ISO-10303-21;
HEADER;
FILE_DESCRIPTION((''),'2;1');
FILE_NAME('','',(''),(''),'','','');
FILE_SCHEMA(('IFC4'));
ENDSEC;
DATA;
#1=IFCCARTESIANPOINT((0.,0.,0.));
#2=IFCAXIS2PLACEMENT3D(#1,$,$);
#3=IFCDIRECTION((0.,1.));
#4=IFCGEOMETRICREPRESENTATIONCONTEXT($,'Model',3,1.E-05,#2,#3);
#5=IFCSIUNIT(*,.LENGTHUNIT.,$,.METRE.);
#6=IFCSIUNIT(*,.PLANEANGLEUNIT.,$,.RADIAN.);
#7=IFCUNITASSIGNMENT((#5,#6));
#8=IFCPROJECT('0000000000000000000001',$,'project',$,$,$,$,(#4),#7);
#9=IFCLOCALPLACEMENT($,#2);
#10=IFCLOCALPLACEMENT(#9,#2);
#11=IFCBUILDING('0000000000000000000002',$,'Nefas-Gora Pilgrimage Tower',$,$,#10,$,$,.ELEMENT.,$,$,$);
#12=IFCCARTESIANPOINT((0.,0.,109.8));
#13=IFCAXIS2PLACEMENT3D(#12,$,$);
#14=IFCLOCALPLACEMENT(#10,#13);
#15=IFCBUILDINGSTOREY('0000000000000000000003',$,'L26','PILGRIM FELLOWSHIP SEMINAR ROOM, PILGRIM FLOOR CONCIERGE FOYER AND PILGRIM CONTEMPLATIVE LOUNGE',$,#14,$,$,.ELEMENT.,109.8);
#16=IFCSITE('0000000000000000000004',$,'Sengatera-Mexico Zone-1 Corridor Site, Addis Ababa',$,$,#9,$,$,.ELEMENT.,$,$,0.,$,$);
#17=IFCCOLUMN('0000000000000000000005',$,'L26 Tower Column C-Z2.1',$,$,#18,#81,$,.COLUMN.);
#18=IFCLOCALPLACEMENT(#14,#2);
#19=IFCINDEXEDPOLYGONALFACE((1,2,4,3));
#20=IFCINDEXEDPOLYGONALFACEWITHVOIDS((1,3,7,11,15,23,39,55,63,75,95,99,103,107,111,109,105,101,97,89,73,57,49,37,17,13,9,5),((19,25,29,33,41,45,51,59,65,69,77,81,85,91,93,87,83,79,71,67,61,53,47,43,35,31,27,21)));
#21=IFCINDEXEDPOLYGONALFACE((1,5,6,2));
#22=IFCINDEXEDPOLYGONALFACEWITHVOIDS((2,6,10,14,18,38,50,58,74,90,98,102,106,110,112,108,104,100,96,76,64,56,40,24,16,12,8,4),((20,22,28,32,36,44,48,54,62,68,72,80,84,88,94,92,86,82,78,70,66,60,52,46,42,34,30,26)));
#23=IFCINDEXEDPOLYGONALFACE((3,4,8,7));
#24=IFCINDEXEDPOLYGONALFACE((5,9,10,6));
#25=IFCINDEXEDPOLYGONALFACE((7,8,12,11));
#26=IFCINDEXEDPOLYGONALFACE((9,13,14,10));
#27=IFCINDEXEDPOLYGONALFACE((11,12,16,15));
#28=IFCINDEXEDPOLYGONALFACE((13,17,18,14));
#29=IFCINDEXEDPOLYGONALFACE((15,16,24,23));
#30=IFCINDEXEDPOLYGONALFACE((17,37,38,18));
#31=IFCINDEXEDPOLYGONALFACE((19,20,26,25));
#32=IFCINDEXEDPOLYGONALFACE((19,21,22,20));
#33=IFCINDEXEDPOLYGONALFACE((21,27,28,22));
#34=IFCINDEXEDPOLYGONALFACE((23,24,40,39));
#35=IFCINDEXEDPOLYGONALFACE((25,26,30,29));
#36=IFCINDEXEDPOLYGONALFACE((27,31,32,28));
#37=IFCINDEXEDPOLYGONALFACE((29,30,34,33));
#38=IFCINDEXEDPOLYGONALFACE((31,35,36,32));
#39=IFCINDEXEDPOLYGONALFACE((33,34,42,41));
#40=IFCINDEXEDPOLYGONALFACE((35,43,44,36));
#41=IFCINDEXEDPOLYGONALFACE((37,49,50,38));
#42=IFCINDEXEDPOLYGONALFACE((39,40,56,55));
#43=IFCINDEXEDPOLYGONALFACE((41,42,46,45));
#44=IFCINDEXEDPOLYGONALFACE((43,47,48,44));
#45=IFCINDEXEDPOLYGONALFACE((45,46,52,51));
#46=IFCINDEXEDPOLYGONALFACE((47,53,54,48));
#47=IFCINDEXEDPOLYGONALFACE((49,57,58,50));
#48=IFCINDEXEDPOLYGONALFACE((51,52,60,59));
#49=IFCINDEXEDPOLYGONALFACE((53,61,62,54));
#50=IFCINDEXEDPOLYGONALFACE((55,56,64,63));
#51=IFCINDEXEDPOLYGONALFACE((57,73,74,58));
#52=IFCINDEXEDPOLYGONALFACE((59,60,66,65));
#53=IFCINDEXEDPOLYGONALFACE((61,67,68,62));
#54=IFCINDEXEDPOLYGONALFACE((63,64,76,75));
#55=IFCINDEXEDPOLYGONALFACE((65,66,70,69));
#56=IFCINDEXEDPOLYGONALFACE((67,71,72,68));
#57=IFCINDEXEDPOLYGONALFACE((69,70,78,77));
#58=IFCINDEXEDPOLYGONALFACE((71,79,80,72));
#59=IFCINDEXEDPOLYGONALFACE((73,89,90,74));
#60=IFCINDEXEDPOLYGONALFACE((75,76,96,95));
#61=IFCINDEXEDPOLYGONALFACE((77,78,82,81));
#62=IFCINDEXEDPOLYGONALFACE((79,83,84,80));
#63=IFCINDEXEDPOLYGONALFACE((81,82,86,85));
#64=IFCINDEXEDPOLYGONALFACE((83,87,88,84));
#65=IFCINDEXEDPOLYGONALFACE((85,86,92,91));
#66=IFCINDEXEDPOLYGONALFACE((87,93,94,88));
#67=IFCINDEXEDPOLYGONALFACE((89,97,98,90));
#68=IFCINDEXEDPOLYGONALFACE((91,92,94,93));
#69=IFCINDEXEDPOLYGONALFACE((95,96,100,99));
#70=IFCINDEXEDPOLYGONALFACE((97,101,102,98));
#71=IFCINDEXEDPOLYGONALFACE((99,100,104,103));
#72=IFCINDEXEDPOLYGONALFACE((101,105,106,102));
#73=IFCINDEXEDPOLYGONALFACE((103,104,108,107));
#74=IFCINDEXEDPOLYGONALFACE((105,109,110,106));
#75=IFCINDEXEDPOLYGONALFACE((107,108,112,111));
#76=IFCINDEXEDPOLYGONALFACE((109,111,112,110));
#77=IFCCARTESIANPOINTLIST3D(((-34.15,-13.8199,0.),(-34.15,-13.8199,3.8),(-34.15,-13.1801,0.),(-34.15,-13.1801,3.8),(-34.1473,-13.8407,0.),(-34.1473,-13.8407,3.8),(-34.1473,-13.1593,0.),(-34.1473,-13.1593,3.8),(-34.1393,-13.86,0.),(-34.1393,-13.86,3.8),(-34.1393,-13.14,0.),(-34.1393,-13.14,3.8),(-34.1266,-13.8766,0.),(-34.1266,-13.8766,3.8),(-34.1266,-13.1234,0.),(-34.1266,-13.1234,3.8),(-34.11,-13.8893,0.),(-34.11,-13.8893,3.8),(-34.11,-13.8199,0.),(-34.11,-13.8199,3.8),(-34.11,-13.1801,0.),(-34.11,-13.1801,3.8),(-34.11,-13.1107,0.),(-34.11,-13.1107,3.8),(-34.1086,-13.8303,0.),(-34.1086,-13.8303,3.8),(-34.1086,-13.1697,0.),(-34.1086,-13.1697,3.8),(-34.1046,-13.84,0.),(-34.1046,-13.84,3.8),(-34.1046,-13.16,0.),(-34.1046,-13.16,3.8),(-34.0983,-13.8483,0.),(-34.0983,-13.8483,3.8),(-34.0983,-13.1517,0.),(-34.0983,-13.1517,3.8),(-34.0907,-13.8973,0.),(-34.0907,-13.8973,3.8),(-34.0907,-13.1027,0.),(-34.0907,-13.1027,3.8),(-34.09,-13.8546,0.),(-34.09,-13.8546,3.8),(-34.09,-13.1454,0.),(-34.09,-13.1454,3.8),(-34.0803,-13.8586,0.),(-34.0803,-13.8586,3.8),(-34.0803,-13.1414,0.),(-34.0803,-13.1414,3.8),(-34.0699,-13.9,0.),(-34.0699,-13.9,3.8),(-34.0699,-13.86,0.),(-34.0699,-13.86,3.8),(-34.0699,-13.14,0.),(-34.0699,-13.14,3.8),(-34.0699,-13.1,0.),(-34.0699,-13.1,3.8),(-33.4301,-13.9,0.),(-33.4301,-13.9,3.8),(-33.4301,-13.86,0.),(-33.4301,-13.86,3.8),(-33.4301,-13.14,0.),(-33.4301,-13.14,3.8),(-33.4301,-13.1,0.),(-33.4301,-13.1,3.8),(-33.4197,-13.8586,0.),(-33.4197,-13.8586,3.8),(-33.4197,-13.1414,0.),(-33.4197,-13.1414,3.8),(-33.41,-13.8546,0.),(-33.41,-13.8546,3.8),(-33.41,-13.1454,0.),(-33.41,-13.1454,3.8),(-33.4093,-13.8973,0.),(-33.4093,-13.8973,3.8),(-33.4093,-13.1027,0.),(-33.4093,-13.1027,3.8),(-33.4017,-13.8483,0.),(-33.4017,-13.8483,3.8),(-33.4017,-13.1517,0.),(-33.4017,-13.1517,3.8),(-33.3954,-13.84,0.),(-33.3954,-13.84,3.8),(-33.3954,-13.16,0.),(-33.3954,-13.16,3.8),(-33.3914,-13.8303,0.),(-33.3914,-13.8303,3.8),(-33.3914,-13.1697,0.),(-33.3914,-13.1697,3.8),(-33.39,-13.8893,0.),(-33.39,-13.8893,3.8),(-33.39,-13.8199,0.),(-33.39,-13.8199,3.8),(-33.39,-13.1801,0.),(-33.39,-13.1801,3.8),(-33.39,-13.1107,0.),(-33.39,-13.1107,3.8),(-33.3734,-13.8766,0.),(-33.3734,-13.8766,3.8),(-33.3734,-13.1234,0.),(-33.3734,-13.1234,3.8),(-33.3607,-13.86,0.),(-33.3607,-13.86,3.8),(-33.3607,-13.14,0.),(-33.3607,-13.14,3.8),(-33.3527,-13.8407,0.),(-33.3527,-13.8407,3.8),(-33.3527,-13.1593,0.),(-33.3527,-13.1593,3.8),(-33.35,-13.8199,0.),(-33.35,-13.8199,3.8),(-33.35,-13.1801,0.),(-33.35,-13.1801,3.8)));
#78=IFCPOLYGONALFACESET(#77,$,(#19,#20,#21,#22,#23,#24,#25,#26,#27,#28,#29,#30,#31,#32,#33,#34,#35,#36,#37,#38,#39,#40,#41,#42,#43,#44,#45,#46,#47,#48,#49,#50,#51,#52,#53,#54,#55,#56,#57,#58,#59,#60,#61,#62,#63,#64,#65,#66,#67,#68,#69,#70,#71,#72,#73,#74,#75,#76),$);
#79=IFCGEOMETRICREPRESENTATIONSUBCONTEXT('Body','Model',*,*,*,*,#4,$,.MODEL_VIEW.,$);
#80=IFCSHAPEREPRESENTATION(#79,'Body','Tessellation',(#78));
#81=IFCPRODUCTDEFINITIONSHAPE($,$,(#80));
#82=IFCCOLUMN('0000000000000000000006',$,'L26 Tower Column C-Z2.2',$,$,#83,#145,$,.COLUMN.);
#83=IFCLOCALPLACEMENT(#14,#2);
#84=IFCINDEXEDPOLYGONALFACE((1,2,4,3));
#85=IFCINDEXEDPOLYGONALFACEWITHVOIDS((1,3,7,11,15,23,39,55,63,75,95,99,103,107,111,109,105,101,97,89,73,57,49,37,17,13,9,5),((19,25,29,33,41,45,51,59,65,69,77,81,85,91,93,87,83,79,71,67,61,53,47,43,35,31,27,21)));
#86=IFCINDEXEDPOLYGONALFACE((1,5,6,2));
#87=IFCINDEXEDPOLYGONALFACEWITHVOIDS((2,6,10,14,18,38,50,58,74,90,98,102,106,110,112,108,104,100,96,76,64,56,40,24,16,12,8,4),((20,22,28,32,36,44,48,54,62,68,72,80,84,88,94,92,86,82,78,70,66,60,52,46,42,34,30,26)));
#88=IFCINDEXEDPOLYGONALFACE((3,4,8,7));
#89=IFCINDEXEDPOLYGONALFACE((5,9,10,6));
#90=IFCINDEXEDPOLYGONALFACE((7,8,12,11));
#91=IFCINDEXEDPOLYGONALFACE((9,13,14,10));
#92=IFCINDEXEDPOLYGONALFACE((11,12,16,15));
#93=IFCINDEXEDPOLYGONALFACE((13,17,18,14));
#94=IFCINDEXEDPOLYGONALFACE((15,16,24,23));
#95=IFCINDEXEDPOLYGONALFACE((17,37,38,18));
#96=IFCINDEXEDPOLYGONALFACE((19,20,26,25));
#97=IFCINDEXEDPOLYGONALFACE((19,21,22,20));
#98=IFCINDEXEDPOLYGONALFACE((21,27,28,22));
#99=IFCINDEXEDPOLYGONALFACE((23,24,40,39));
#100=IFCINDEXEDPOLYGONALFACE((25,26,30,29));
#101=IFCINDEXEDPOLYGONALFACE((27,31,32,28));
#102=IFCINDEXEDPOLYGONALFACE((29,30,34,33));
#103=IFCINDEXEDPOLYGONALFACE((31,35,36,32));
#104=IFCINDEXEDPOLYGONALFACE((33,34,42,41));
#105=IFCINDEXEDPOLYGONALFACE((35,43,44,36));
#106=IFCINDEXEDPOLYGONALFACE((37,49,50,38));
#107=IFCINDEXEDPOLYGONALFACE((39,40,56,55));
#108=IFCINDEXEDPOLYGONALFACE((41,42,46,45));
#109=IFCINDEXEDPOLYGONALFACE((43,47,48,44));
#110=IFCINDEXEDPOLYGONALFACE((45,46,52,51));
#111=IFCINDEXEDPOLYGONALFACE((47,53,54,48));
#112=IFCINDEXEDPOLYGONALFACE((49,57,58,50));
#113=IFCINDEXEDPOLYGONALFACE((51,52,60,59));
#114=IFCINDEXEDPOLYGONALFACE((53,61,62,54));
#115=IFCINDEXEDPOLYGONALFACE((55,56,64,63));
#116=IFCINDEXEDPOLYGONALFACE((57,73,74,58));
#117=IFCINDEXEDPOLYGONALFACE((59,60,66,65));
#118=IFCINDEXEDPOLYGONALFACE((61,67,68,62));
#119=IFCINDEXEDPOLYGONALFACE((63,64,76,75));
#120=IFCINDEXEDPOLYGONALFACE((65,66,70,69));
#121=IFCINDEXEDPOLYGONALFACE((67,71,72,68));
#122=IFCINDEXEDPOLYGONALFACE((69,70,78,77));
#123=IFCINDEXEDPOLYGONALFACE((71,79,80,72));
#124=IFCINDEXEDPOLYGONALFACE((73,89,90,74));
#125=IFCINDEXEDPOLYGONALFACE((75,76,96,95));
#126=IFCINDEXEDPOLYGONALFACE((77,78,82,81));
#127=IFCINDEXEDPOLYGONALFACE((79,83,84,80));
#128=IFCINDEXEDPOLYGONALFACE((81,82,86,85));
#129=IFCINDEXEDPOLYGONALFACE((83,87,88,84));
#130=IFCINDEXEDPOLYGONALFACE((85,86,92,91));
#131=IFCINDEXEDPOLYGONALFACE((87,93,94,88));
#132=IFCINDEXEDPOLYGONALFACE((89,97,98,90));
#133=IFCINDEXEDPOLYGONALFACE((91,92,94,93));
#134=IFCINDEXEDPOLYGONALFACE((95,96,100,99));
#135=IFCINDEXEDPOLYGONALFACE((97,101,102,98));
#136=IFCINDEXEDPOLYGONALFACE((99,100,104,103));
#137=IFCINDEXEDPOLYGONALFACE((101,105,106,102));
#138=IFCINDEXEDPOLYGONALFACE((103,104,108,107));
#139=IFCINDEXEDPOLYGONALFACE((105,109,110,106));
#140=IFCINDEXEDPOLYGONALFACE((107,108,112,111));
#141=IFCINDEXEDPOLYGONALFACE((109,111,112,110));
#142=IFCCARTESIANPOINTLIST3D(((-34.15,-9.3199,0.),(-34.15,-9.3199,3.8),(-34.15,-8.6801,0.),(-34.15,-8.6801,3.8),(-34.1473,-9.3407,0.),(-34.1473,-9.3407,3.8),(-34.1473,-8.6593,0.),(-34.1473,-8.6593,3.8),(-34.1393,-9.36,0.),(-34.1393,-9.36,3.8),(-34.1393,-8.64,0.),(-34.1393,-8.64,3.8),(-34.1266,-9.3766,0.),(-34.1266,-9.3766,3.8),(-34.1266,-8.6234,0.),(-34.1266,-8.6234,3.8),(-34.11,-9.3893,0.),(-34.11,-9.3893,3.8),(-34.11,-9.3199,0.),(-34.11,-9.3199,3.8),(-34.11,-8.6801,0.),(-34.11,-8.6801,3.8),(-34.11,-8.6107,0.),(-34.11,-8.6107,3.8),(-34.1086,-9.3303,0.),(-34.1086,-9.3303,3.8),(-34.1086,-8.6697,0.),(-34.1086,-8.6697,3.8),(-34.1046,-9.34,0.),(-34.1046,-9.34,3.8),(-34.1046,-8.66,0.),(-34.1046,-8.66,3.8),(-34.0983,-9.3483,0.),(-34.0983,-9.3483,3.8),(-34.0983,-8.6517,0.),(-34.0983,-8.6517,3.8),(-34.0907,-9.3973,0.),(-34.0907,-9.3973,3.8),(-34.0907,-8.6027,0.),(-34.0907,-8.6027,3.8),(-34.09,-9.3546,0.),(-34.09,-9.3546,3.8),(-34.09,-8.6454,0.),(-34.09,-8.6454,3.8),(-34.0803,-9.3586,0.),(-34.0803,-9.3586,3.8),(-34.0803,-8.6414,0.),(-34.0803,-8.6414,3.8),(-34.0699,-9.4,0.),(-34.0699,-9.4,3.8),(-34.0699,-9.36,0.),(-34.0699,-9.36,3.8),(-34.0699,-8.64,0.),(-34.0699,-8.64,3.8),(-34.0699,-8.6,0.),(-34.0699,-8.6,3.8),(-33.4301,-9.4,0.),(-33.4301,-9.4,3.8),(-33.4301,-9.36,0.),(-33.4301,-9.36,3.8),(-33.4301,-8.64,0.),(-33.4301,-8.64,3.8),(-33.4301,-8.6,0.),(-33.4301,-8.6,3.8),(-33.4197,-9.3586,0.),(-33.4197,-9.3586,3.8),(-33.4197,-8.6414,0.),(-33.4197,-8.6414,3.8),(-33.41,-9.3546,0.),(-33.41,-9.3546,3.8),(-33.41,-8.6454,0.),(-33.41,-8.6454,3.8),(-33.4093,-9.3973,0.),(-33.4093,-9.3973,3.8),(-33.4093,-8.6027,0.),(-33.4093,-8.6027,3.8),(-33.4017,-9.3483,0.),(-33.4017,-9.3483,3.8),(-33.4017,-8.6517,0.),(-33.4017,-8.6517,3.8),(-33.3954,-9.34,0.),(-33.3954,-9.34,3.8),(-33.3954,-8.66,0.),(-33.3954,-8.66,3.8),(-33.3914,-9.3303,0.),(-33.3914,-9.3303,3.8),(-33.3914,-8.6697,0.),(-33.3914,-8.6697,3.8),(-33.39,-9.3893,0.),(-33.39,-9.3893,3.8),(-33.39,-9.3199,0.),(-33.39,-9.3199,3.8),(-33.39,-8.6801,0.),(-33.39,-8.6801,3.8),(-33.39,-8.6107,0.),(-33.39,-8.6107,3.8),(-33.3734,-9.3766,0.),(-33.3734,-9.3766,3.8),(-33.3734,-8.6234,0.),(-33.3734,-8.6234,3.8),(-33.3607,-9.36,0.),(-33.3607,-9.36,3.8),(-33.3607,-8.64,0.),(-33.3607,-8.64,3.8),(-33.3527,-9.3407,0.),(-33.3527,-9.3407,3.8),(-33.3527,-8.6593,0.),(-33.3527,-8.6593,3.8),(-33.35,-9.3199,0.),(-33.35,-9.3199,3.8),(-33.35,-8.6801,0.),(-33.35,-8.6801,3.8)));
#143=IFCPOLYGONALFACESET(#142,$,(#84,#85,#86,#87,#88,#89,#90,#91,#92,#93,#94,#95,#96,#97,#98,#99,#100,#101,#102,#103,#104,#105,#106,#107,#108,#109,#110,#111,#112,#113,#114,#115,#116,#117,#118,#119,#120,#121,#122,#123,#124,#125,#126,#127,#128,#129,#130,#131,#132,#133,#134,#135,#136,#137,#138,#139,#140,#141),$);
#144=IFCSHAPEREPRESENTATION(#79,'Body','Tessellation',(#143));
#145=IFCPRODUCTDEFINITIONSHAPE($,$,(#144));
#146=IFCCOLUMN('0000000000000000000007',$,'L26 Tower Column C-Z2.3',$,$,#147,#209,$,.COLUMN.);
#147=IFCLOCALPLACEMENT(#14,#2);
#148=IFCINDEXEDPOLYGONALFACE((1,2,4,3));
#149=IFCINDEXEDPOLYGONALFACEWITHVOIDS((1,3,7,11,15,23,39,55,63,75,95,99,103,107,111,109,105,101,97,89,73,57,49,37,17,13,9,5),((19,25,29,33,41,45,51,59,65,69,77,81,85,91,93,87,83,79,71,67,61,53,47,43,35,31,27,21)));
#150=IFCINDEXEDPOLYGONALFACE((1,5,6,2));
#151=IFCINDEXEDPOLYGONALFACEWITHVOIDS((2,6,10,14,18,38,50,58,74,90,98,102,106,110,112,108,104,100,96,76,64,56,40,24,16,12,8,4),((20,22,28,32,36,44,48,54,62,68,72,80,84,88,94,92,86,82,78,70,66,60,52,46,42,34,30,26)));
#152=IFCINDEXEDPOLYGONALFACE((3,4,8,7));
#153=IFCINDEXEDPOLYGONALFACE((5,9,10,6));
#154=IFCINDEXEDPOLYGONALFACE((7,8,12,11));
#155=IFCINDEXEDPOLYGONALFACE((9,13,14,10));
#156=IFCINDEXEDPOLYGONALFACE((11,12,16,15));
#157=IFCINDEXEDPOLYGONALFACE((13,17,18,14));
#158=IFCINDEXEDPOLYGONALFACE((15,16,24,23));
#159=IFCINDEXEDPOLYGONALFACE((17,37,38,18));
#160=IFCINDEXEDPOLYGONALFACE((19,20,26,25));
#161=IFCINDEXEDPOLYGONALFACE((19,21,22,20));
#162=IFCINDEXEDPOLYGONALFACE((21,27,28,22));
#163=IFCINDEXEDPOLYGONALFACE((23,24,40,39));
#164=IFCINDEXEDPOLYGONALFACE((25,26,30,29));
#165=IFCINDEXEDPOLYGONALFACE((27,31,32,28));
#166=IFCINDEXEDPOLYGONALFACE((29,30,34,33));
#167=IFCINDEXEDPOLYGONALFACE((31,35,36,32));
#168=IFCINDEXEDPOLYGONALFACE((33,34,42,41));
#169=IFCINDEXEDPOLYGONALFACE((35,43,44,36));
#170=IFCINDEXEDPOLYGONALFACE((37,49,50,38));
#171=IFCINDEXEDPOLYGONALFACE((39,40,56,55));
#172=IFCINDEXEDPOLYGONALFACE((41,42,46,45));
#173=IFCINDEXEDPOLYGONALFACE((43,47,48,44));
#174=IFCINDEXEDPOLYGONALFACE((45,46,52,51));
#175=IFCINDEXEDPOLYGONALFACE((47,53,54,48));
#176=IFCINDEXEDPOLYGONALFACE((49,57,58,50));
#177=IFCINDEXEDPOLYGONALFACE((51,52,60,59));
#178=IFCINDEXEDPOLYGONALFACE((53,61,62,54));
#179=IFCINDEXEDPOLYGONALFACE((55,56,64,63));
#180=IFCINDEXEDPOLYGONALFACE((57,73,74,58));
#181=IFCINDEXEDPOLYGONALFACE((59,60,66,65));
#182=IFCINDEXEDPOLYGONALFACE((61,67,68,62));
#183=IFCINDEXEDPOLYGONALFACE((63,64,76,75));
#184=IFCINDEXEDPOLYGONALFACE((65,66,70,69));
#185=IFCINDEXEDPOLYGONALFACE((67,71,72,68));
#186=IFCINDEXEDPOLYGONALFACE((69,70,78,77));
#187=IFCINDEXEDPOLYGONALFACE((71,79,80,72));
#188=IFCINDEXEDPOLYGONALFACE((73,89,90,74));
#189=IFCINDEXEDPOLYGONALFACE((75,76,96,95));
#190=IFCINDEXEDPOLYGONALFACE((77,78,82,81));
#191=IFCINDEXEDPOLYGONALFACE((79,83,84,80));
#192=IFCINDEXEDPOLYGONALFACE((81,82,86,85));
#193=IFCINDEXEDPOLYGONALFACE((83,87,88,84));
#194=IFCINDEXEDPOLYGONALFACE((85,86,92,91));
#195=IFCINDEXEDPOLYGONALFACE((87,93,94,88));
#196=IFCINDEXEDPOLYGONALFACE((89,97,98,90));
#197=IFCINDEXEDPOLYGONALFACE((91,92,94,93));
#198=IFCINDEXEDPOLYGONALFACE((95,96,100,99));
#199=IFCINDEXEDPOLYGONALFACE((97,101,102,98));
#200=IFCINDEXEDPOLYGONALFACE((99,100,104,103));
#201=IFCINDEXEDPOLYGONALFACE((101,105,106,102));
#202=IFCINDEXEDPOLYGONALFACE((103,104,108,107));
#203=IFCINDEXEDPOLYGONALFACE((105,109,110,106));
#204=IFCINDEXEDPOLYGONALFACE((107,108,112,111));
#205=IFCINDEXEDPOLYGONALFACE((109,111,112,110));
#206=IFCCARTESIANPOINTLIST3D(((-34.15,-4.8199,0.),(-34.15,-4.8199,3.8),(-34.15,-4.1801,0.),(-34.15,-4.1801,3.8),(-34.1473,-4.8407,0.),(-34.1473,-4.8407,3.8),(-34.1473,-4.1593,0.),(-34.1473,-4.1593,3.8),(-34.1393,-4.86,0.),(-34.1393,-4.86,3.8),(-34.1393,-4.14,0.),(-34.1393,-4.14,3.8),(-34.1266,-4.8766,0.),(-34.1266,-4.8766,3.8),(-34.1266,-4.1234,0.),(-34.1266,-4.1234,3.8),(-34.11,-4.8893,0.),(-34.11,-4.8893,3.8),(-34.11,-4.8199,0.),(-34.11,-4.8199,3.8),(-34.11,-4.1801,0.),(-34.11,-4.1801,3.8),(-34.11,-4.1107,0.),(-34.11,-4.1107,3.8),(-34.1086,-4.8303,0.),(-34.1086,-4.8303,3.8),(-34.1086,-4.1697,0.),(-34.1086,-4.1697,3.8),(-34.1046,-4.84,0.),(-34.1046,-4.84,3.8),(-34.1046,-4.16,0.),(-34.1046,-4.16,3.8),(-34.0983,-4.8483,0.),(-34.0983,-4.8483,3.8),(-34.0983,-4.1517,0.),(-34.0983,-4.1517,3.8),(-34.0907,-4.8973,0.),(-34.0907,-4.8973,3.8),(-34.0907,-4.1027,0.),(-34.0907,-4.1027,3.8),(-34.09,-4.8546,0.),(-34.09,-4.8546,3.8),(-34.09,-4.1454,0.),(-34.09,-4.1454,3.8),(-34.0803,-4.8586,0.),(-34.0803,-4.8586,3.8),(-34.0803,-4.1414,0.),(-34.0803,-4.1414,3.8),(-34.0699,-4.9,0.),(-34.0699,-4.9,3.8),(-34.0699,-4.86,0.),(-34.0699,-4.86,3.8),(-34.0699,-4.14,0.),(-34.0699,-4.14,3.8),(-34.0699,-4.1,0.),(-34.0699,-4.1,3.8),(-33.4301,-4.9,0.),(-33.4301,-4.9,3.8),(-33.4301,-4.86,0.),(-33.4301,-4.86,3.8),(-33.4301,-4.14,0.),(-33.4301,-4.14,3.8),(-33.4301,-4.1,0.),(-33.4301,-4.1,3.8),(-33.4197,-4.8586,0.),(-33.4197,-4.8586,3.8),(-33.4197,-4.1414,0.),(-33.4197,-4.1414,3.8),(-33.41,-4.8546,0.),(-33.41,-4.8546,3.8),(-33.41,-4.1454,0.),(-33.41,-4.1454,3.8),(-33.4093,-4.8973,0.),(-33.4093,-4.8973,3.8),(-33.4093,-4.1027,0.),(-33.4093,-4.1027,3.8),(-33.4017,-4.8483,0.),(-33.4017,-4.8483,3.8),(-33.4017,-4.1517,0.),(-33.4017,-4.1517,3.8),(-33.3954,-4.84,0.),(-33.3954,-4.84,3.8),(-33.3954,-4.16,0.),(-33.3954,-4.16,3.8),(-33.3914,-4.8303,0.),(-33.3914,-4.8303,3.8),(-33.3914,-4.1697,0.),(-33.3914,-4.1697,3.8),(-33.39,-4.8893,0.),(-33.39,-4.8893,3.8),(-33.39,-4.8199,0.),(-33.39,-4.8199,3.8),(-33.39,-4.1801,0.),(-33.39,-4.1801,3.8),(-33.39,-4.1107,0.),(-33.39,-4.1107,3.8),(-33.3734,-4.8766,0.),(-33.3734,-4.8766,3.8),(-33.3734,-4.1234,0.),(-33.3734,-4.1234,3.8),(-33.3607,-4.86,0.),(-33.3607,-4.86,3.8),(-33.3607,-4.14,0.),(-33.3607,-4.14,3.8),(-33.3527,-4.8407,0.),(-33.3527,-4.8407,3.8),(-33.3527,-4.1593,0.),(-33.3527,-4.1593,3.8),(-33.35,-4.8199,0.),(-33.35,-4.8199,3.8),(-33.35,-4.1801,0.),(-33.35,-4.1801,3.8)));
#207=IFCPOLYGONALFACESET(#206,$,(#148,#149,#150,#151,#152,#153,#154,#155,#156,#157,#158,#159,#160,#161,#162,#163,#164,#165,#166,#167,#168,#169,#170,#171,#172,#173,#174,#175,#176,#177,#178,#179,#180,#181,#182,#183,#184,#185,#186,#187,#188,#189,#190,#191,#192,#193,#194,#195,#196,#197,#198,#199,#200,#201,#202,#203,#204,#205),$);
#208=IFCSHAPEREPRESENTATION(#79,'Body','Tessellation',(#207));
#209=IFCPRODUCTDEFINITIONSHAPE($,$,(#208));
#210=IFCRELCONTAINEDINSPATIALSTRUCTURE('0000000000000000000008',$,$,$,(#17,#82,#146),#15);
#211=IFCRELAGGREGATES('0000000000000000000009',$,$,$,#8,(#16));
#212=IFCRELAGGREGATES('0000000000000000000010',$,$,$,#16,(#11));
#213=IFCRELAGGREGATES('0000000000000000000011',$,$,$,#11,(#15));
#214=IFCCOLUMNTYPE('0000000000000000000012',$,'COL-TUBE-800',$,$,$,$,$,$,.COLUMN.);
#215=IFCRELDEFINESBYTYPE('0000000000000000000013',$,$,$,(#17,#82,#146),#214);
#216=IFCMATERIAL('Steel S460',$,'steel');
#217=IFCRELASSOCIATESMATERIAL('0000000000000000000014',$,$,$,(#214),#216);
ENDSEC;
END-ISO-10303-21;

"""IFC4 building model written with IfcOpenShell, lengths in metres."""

from ifc_helpers import new_model, si_unit, direction, frame, origin, origin_2d, place, context, subcontext, project, spatial, hollow_rectangle, extrude, source, transform, mapped, material, material_profile, profile_set, type_object, element, save


model = new_model("IFC4")

# Units and contexts
model_context = context("Model", 3, precision=1e-05, world=origin(), true_north=direction((0.0, 1.0)))
body_context = subcontext(model_context, "Body", "Model", "MODEL_VIEW")
ifc_project = project(units=[si_unit("LENGTHUNIT", "METRE"), si_unit("PLANEANGLEUNIT", "RADIAN")], contexts=[model_context])

# Site, building, storey
site_placement = place(None, origin())
site = spatial("IfcSite", under=ifc_project, at=site_placement, Name="Sengatera-Mexico Zone-1 Corridor Site, Addis Ababa", CompositionType="ELEMENT", RefElevation=0.0)
building_placement = place(site_placement, origin())
building = spatial("IfcBuilding", under=site, at=building_placement, Name="Nefas-Gora Pilgrimage Tower", CompositionType="ELEMENT")
storey_placement = place(building_placement, frame((0.0, 0.0, 109.8)))
storey = spatial("IfcBuildingStorey", under=building, at=storey_placement, Name="L26", Description="PILGRIM FELLOWSHIP SEMINAR ROOM, PILGRIM FLOOR CONCIERGE FOYER AND PILGRIM CONTEMPLATIVE LOUNGE", CompositionType="ELEMENT", Elevation=109.8)

# Columns
ifc_material_1 = material(Name="Steel S460", Category="steel")
ifc_material_profile_1 = material_profile(ifc_material_1, hollow_rectangle(XDim=0.8, YDim=0.8, WallThickness=0.04, InnerFilletRadius=0.04, OuterFilletRadius=0.0801, at=origin_2d()), Name="BOX 800x800x40")
ifc_profile_set_1 = profile_set([ifc_material_profile_1], Name="Steel S460")
column_type_1 = type_object("IfcColumnType", Name="COL-TUBE-800", PredefinedType="COLUMN", material=ifc_profile_set_1)
shared_shape_1 = source(origin(), body_context, "Body", "SweptSolid", [
    extrude(hollow_rectangle(XDim=0.8, YDim=0.8, WallThickness=0.04, InnerFilletRadius=0.04, OuterFilletRadius=0.0801, at=origin_2d()), origin(), (0.0, 0.0, 1.0), 3.8),
])
for number, where, z_axis, x_axis, name in (
    (1, (-33.75, -13.5, 0.0), (0.0, 0.0, 1.0), (1.0, 0.0, 0.0), "L26 Tower Column C-Z2.1"),
    (2, (-33.75, -9.0, 0.0), (0.0, 0.0, 1.0), (1.0, 0.0, 0.0), "L26 Tower Column C-Z2.2"),
    (3, (-33.75, -4.5, 0.0), (0.0, 0.0, 1.0), (1.0, 0.0, 0.0), "L26 Tower Column C-Z2.3"),
):
    element("IfcColumn", number, at=place(storey_placement, frame(where, z_axis=z_axis, x_axis=x_axis)), inside=storey, type_object=column_type_1, Name=name, PredefinedType="COLUMN", context=body_context, shape_type="MappedRepresentation", body=[
        mapped(shared_shape_1, transform((0.0, 0.0, 0.0), x_axis=(1.0, 0.0, 0.0), y_axis=(0.0, 1.0, 0.0), z_axis=(0.0, 0.0, 1.0), scale=1.0)),
    ])

save(model, "model.ifc")
